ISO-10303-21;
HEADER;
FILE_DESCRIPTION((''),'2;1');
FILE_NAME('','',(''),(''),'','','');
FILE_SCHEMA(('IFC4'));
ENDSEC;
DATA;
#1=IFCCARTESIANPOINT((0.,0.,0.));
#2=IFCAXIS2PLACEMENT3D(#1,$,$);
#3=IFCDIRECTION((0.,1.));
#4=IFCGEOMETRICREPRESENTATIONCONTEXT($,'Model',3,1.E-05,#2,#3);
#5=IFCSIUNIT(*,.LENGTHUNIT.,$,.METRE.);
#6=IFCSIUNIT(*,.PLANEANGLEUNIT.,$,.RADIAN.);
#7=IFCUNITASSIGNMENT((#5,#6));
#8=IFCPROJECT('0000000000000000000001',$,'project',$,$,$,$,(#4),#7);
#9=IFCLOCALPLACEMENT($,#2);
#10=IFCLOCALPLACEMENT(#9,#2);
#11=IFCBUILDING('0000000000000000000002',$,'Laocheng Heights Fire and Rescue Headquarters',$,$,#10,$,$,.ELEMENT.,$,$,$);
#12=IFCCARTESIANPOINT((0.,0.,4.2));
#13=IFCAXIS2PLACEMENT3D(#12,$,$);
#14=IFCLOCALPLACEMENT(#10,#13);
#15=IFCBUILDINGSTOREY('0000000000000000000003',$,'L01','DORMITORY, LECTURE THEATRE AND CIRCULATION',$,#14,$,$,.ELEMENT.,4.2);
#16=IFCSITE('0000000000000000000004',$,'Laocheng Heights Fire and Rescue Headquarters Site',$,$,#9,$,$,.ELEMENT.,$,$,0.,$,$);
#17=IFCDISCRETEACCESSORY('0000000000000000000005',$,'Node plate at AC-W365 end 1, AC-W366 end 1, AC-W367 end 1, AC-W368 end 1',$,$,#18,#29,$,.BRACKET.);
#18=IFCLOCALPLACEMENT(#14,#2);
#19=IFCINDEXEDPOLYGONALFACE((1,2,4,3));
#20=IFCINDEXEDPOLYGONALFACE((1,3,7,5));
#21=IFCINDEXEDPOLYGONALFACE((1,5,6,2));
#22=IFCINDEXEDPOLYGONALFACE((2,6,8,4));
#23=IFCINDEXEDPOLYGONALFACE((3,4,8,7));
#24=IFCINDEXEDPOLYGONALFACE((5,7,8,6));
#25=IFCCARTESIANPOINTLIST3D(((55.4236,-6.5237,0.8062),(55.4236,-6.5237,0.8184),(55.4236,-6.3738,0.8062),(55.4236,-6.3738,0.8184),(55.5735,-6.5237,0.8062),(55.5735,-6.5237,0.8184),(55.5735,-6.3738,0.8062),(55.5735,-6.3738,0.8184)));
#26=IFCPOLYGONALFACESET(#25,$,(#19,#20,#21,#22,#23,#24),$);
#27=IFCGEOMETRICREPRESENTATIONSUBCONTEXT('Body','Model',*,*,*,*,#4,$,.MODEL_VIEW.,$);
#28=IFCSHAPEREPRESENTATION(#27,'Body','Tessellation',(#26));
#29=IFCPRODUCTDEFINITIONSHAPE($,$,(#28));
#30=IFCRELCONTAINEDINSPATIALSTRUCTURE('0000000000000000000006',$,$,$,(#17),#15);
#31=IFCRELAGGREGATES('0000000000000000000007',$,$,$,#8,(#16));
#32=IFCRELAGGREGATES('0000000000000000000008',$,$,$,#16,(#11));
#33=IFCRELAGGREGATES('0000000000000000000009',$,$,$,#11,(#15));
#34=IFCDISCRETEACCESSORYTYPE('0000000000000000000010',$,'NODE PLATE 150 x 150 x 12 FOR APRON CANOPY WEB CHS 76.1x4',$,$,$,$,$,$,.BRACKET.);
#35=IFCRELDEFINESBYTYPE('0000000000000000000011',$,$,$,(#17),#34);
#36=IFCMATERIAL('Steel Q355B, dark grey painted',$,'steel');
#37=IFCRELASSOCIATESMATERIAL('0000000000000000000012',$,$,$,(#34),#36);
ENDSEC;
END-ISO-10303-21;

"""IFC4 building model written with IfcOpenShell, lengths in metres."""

from ifc_helpers import new_model, si_unit, direction, frame, origin, origin_2d, place, context, subcontext, project, spatial, rectangle, extrude, material, material_profile, profile_set, type_object, element, save


model = new_model("IFC4")

# Units and contexts
model_context = context("Model", 3, precision=1e-05, world=origin(), true_north=direction((0.0, 1.0)))
body_context = subcontext(model_context, "Body", "Model", "MODEL_VIEW")
ifc_project = project(units=[si_unit("LENGTHUNIT", "METRE"), si_unit("PLANEANGLEUNIT", "RADIAN")], contexts=[model_context])

# Site, building, storey
site_placement = place(None, origin())
site = spatial("IfcSite", under=ifc_project, at=site_placement, Name="Laocheng Heights Fire and Rescue Headquarters Site", CompositionType="ELEMENT", RefElevation=0.0)
building_placement = place(site_placement, origin())
building = spatial("IfcBuilding", under=site, at=building_placement, Name="Laocheng Heights Fire and Rescue Headquarters", CompositionType="ELEMENT")
storey_placement = place(building_placement, frame((0.0, 0.0, 4.2)))
storey = spatial("IfcBuildingStorey", under=building, at=storey_placement, Name="L01", Description="DORMITORY, LECTURE THEATRE AND CIRCULATION", CompositionType="ELEMENT", Elevation=4.2)

# Discrete accessory
ifc_material_1 = material(Name="Steel Q355B, dark grey painted", Category="steel")
ifc_material_profile_1 = material_profile(ifc_material_1, rectangle(XDim=0.1499, YDim=0.1499, at=origin_2d()), Name="NODE PLATE 150 x 150 x 12 FOR APRON CANOPY WEB CHS 76.1x4")
ifc_profile_set_1 = profile_set([ifc_material_profile_1], Name="Steel Q355B, dark grey painted")
discrete_accessory_type = type_object("IfcDiscreteAccessoryType", Name="NODE PLATE 150 x 150 x 12 FOR APRON CANOPY WEB CHS 76.1x4", PredefinedType="BRACKET", material=ifc_profile_set_1)
discrete_accessory_placement = place(storey_placement, frame((55.4985, -6.4487, 0.8062), z_axis=(0.0, 0.0, 1.0), x_axis=(1.0, 0.0, 0.0)))
element("IfcDiscreteAccessory", 1, at=discrete_accessory_placement, inside=storey, type_object=discrete_accessory_type, Name="Node plate at AC-W365 end 1, AC-W366 end 1, AC-W367 end 1, AC-W368 end 1", PredefinedType="BRACKET", context=body_context, shape_type="SweptSolid", body=[
    extrude(rectangle(XDim=0.1499, YDim=0.1499, at=origin_2d()), origin(), (0.0, 0.0, 1.0), 0.0122),
])

save(model, "model.ifc")
